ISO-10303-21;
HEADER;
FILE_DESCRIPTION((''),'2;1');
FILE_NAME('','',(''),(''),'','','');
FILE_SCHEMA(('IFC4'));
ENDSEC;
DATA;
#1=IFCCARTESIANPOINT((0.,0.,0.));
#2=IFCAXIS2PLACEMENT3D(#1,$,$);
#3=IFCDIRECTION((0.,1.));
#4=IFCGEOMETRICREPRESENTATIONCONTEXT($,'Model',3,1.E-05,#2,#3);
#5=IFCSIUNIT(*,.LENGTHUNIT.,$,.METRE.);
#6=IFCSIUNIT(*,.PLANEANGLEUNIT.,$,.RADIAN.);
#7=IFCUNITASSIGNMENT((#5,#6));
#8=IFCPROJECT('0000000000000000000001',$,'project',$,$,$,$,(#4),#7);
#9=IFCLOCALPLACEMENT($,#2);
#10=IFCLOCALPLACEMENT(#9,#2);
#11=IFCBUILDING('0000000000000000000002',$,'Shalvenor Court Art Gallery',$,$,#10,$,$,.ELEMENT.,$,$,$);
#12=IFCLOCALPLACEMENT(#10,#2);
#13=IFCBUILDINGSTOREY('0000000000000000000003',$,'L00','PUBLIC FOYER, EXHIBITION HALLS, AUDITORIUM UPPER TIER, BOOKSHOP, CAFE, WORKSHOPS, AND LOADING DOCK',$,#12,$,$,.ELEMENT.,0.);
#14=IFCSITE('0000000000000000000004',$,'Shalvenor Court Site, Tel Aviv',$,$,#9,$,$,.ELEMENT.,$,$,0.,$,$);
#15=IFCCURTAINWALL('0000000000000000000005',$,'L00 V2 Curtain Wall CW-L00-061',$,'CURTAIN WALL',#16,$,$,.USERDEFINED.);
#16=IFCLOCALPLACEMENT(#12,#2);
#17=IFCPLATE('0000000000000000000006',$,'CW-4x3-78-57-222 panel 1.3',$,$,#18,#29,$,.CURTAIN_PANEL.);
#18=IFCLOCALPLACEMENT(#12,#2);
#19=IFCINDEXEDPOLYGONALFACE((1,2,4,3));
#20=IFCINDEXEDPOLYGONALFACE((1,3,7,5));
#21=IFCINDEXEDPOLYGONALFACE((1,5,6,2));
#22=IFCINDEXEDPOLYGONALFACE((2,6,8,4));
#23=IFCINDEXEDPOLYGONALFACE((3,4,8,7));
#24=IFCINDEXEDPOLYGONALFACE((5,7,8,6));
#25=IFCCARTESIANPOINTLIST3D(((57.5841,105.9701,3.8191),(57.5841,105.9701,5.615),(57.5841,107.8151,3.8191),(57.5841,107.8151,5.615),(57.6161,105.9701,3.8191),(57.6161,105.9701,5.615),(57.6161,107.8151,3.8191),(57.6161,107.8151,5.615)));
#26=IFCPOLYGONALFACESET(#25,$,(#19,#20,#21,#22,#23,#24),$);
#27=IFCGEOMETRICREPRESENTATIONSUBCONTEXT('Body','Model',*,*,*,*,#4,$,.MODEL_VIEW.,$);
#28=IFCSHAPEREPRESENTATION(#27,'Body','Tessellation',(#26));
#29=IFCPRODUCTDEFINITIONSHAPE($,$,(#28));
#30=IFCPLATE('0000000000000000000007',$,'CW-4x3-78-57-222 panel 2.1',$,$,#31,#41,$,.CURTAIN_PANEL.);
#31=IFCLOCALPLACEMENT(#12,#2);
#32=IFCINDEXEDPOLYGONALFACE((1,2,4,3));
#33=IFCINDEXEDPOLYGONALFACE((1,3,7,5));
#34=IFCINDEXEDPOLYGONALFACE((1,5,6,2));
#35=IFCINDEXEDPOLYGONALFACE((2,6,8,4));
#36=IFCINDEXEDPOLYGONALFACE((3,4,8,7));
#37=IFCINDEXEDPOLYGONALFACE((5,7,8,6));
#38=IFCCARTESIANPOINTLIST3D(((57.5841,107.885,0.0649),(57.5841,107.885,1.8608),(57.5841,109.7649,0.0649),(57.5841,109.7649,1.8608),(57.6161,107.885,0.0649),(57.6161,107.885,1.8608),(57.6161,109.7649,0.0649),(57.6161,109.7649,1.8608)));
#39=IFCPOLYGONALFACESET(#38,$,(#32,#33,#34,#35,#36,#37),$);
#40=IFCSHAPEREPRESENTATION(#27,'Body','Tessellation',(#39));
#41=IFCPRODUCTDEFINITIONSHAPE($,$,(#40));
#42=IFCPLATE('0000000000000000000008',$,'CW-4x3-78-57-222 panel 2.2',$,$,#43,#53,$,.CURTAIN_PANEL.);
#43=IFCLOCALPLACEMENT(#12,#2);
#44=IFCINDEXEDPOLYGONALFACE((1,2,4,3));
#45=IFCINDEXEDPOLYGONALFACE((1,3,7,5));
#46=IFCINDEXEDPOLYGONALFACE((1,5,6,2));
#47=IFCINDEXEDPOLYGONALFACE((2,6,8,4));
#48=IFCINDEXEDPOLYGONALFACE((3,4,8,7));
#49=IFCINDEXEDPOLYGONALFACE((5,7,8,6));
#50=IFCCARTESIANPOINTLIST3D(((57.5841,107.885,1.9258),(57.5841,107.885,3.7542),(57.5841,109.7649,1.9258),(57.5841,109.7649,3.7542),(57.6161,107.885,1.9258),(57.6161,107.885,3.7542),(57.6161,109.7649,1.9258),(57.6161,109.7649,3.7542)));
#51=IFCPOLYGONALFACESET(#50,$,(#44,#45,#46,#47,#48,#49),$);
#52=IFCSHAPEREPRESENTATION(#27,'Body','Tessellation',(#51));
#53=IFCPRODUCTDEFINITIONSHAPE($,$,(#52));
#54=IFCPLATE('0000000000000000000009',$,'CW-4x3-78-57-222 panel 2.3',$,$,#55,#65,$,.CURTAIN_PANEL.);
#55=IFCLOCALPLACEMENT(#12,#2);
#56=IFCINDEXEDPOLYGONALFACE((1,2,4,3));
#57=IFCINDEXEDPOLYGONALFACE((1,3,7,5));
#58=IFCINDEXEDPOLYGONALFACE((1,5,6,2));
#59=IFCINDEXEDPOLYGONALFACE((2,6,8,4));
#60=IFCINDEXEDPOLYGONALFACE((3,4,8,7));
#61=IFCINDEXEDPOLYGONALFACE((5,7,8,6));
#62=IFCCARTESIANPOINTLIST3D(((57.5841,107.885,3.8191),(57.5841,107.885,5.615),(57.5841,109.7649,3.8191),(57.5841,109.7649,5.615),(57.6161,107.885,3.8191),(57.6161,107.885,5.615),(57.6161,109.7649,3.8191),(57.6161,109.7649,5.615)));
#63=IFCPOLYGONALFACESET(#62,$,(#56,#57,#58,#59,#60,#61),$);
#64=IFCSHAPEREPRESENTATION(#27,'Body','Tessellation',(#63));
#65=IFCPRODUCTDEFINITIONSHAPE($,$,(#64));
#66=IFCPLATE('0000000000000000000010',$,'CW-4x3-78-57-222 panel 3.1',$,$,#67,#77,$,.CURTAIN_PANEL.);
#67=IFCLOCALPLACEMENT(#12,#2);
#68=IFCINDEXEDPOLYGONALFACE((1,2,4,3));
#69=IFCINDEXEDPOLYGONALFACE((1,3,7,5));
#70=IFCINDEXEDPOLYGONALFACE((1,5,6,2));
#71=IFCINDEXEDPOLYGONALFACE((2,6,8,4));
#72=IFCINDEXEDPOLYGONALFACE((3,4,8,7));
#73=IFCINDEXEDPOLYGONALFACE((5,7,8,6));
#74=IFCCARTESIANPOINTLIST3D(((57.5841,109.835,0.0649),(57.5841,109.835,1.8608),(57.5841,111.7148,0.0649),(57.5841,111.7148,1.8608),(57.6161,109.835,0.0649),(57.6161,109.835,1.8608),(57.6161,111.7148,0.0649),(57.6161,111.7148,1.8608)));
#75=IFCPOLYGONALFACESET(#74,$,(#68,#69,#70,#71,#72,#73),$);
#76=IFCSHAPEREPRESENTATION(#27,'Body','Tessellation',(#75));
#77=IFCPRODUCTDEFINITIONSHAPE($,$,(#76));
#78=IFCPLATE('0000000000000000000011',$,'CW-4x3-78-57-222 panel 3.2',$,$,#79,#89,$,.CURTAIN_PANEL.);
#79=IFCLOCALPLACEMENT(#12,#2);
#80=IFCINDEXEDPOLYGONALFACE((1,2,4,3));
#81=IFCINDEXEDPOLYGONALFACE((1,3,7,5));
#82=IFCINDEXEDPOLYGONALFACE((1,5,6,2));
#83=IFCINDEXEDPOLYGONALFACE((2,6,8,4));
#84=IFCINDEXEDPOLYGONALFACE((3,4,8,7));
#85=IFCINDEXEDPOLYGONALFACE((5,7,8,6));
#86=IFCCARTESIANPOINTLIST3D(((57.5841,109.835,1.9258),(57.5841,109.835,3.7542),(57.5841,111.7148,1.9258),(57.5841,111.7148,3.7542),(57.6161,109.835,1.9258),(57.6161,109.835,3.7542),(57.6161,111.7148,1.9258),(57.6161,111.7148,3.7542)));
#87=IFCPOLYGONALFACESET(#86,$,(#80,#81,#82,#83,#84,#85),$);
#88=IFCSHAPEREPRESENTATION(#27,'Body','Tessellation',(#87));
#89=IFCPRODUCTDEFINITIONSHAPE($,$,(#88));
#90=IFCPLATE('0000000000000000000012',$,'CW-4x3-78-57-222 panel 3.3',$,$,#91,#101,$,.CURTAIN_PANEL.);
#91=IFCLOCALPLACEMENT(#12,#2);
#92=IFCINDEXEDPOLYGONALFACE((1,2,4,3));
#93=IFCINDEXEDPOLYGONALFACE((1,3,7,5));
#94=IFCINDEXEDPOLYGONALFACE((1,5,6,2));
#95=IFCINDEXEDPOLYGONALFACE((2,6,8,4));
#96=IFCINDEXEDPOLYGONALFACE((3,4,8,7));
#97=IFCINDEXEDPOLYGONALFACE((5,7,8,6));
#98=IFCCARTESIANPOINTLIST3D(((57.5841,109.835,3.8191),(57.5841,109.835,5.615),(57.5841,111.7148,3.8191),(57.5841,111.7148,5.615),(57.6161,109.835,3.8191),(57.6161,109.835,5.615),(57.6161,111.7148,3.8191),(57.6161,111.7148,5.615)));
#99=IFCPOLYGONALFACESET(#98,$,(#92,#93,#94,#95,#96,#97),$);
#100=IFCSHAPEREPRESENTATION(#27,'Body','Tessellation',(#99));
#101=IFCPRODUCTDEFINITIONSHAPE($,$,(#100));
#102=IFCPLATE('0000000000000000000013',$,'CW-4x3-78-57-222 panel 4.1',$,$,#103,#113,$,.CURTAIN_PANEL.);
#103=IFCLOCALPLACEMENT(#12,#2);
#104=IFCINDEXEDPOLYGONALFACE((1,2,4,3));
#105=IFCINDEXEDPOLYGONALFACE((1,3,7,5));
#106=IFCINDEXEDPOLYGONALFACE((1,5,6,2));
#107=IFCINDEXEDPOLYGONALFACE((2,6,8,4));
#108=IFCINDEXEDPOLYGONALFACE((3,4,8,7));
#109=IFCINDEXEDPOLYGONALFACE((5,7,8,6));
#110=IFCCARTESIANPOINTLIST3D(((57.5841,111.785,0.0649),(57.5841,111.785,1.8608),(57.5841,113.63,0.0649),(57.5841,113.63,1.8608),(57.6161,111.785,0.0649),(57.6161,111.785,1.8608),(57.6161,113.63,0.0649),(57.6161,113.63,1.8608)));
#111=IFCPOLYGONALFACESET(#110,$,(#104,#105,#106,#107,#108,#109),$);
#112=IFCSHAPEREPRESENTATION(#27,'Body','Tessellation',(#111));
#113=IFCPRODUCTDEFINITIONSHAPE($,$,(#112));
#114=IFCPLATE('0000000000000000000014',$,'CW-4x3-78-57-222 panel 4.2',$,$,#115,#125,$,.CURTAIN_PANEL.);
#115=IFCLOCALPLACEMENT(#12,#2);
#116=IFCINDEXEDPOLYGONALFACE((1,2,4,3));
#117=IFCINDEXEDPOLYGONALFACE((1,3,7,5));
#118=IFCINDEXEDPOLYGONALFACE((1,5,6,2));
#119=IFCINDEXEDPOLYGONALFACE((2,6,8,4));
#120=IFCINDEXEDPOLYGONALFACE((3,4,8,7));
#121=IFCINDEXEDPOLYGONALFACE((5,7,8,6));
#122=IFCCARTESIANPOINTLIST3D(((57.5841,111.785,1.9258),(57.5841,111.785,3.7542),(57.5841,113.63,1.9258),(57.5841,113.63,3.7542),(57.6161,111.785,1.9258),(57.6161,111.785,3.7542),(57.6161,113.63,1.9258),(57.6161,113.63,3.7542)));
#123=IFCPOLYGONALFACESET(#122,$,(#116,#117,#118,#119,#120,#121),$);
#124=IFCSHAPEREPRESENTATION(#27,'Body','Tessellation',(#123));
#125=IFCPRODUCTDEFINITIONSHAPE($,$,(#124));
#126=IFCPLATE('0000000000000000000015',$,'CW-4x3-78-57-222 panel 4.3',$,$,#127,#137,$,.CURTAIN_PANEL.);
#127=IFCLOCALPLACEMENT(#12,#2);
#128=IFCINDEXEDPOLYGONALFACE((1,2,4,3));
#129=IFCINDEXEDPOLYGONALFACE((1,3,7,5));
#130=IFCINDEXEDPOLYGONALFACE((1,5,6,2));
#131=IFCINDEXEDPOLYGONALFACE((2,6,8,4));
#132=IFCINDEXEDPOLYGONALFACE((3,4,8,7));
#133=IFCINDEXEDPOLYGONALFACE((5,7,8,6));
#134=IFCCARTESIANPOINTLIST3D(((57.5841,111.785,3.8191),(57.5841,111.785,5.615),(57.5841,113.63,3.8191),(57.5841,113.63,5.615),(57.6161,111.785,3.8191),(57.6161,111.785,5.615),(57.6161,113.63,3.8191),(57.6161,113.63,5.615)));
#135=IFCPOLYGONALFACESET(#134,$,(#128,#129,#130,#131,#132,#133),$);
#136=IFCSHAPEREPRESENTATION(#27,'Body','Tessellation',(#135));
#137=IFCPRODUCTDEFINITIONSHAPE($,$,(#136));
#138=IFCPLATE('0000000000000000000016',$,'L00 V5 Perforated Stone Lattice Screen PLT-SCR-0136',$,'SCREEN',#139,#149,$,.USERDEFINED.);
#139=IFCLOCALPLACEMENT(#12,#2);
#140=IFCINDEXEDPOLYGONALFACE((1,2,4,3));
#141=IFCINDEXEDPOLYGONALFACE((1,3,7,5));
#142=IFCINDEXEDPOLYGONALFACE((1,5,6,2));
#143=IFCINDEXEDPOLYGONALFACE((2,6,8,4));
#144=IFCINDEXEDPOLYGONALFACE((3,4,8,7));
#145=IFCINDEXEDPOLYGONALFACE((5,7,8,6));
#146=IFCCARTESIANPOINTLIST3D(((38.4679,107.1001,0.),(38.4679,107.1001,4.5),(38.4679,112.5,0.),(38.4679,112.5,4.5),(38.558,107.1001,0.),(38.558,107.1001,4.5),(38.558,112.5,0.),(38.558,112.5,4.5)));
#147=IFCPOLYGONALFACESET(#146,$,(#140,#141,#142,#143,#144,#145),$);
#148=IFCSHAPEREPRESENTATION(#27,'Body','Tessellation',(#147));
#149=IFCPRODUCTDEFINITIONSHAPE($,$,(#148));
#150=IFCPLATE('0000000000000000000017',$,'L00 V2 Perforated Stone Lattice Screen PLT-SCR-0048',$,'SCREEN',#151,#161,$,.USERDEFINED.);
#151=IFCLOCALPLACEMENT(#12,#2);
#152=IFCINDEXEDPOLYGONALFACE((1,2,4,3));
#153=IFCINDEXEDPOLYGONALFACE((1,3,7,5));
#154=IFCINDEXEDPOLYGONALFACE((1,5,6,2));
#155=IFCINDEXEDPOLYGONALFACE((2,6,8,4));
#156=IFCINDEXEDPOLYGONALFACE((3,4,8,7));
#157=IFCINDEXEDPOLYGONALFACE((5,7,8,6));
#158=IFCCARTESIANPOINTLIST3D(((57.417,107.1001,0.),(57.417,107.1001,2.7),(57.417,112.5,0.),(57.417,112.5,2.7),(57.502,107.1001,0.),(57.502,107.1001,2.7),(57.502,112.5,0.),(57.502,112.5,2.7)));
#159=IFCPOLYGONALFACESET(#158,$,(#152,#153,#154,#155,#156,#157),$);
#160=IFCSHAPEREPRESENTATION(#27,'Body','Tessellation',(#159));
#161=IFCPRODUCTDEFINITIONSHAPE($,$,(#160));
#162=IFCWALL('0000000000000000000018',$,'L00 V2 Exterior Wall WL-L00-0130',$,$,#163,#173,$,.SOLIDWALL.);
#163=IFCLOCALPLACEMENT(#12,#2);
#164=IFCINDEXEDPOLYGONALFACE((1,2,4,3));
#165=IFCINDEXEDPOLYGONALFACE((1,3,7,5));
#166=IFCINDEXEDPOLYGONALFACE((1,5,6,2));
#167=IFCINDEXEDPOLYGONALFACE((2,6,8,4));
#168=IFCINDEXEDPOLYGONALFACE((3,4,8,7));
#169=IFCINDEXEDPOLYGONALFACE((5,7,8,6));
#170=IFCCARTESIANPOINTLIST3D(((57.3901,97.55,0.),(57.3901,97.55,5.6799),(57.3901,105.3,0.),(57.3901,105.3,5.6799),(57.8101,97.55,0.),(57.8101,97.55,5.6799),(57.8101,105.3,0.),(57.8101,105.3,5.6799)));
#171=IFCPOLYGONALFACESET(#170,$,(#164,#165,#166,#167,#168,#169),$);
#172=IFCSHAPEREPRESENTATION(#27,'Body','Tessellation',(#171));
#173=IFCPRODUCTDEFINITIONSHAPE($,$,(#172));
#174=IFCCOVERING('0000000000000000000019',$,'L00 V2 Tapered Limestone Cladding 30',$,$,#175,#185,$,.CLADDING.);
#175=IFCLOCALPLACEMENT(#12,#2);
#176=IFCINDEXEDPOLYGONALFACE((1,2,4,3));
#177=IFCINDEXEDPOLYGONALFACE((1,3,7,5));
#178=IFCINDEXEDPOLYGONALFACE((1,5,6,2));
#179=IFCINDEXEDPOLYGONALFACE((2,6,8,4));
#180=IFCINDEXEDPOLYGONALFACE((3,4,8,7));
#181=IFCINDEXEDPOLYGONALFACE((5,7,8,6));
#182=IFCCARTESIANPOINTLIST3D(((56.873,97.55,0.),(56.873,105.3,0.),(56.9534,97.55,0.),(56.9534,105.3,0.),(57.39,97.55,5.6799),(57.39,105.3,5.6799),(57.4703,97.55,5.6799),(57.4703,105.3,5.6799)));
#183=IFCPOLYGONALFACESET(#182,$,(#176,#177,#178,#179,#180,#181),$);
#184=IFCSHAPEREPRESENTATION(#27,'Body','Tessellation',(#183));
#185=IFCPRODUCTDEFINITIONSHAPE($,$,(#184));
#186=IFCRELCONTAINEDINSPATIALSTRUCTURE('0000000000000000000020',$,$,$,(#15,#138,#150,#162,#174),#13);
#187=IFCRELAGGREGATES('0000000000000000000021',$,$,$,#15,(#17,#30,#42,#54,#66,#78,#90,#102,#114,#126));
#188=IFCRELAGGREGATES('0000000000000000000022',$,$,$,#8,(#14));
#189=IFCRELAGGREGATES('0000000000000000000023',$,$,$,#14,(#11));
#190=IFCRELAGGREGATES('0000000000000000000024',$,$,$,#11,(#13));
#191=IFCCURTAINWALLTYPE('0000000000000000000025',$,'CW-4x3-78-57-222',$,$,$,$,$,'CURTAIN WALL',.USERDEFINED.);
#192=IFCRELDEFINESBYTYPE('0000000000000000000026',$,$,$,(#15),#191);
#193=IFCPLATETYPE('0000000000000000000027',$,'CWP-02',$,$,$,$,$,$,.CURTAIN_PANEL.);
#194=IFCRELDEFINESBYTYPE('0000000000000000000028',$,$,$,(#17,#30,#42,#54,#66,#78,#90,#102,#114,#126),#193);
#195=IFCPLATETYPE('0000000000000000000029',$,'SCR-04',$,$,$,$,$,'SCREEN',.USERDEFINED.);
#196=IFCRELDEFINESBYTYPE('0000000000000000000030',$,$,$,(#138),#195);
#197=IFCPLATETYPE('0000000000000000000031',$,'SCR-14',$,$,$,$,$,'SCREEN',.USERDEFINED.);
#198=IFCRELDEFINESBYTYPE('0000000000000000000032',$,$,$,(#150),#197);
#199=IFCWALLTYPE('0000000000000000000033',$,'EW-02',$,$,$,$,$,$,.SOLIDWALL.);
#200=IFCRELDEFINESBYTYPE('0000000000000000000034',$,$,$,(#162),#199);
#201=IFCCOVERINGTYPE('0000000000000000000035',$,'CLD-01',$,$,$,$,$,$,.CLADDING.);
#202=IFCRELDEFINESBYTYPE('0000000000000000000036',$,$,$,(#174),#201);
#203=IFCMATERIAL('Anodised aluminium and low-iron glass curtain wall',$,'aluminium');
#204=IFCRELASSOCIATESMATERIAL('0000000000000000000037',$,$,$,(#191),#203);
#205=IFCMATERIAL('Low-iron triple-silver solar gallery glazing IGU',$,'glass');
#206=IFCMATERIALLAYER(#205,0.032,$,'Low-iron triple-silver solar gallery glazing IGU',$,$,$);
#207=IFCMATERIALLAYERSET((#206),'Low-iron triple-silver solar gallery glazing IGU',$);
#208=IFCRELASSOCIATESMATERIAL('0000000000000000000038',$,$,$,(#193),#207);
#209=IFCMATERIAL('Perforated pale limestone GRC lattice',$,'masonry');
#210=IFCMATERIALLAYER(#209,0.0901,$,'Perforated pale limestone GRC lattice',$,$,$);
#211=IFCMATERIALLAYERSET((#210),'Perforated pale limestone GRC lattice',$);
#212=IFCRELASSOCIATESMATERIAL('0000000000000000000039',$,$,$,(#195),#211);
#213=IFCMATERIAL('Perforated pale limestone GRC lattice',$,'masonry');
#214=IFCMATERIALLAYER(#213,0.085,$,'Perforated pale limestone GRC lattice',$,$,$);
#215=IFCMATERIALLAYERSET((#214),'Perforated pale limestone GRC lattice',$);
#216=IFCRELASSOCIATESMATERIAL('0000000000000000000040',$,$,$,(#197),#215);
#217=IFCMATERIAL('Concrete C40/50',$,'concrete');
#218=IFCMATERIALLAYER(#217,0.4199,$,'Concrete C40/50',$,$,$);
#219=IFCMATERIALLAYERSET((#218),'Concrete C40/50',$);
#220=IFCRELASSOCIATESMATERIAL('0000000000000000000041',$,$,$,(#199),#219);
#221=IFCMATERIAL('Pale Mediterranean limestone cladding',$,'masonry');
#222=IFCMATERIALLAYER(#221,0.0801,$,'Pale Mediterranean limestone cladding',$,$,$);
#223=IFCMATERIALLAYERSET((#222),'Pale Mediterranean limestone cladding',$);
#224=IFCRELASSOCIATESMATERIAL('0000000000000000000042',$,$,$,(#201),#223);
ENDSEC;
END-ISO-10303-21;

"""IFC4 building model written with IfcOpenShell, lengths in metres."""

from ifc_helpers import new_model, si_unit, direction, frame, frame_2d, origin, origin_2d, place, context, subcontext, project, spatial, polyline, rectangle, outline, extrude, material, layer, layer_set, type_object, element, aggregate, save


model = new_model("IFC4")

# Units and contexts
model_context = context("Model", 3, precision=1e-05, world=origin(), true_north=direction((0.0, 1.0)))
body_context = subcontext(model_context, "Body", "Model", "MODEL_VIEW")
ifc_project = project(units=[si_unit("LENGTHUNIT", "METRE"), si_unit("PLANEANGLEUNIT", "RADIAN")], contexts=[model_context])

# Site, building, storey
site_placement = place(None, origin())
site = spatial("IfcSite", under=ifc_project, at=site_placement, Name="Shalvenor Court Site, Tel Aviv", CompositionType="ELEMENT", RefElevation=0.0)
building_placement = place(site_placement, origin())
building = spatial("IfcBuilding", under=site, at=building_placement, Name="Shalvenor Court Art Gallery", CompositionType="ELEMENT")
storey_placement = place(building_placement, origin())
storey = spatial("IfcBuildingStorey", under=building, at=storey_placement, Name="L00", Description="PUBLIC FOYER, EXHIBITION HALLS, AUDITORIUM UPPER TIER, BOOKSHOP, CAFE, WORKSHOPS, AND LOADING DOCK", CompositionType="ELEMENT", Elevation=0.0)

# Curtain wall, plates
ifc_material_1 = material(Name="Anodised aluminium and low-iron glass curtain wall", Category="aluminium")
curtain_wall_type = type_object("IfcCurtainWallType", Name="CW-4x3-78-57-222", ElementType="CURTAIN WALL", PredefinedType="USERDEFINED", material=ifc_material_1)
curtain_wall_placement = place(storey_placement, origin())
curtain_wall = element("IfcCurtainWall", 1, at=curtain_wall_placement, inside=storey, type_object=curtain_wall_type, Name="L00 V2 Curtain Wall CW-L00-061", ObjectType="CURTAIN WALL", PredefinedType="USERDEFINED")
ifc_material_2 = material(Name="Low-iron triple-silver solar gallery glazing IGU", Category="glass")
ifc_layer_1 = layer(ifc_material_2, 0.032, Name="Low-iron triple-silver solar gallery glazing IGU")
ifc_layer_set_1 = layer_set([ifc_layer_1], Name="Low-iron triple-silver solar gallery glazing IGU")
plate_type_1 = type_object("IfcPlateType", Name="CWP-02", PredefinedType="CURTAIN_PANEL", material=ifc_layer_set_1)
plate_1_placement = place(storey_placement, frame((57.6001, 106.8926, 3.8191), z_axis=(0.0, 0.0, 1.0), x_axis=(0.0, 1.0, 0.0)))
plate_1 = element("IfcPlate", 2, at=plate_1_placement, type_object=plate_type_1, Name="CW-4x3-78-57-222 panel 1.3", PredefinedType="CURTAIN_PANEL", context=body_context, shape_type="SweptSolid", body=[
    extrude(rectangle(XDim=1.845, YDim=0.032, at=origin_2d()), origin(), (0.0, 0.0, 1.0), 1.7959),
])
plate_2_placement = place(storey_placement, frame((57.6001, 108.825, 0.0649), z_axis=(0.0, 0.0, 1.0), x_axis=(0.0, 1.0, 0.0)))
plate_2 = element("IfcPlate", 3, at=plate_2_placement, type_object=plate_type_1, Name="CW-4x3-78-57-222 panel 2.1", PredefinedType="CURTAIN_PANEL", context=body_context, shape_type="SweptSolid", body=[
    extrude(rectangle(XDim=1.8799, YDim=0.032, at=origin_2d()), origin(), (0.0, 0.0, 1.0), 1.7959),
])
plate_3_placement = place(storey_placement, frame((57.6001, 108.825, 1.9258), z_axis=(0.0, 0.0, 1.0), x_axis=(0.0, 1.0, 0.0)))
plate_3 = element("IfcPlate", 4, at=plate_3_placement, type_object=plate_type_1, Name="CW-4x3-78-57-222 panel 2.2", PredefinedType="CURTAIN_PANEL", context=body_context, shape_type="SweptSolid", body=[
    extrude(rectangle(XDim=1.8799, YDim=0.032, at=origin_2d()), origin(), (0.0, 0.0, 1.0), 1.8284),
])
plate_4_placement = place(storey_placement, frame((57.6001, 108.825, 3.8191), z_axis=(0.0, 0.0, 1.0), x_axis=(0.0, 1.0, 0.0)))
plate_4 = element("IfcPlate", 5, at=plate_4_placement, type_object=plate_type_1, Name="CW-4x3-78-57-222 panel 2.3", PredefinedType="CURTAIN_PANEL", context=body_context, shape_type="SweptSolid", body=[
    extrude(rectangle(XDim=1.8799, YDim=0.032, at=origin_2d()), origin(), (0.0, 0.0, 1.0), 1.7959),
])
plate_5_placement = place(storey_placement, frame((57.6001, 110.7749, 0.0649), z_axis=(0.0, 0.0, 1.0), x_axis=(0.0, 1.0, 0.0)))
plate_5 = element("IfcPlate", 6, at=plate_5_placement, type_object=plate_type_1, Name="CW-4x3-78-57-222 panel 3.1", PredefinedType="CURTAIN_PANEL", context=body_context, shape_type="SweptSolid", body=[
    extrude(rectangle(XDim=1.8799, YDim=0.032, at=origin_2d()), origin(), (0.0, 0.0, 1.0), 1.7959),
])
plate_6_placement = place(storey_placement, frame((57.6001, 110.7749, 1.9258), z_axis=(0.0, 0.0, 1.0), x_axis=(0.0, 1.0, 0.0)))
plate_6 = element("IfcPlate", 7, at=plate_6_placement, type_object=plate_type_1, Name="CW-4x3-78-57-222 panel 3.2", PredefinedType="CURTAIN_PANEL", context=body_context, shape_type="SweptSolid", body=[
    extrude(rectangle(XDim=1.8799, YDim=0.032, at=origin_2d()), origin(), (0.0, 0.0, 1.0), 1.8284),
])
plate_7_placement = place(storey_placement, frame((57.6001, 110.7749, 3.8191), z_axis=(0.0, 0.0, 1.0), x_axis=(0.0, 1.0, 0.0)))
plate_7 = element("IfcPlate", 8, at=plate_7_placement, type_object=plate_type_1, Name="CW-4x3-78-57-222 panel 3.3", PredefinedType="CURTAIN_PANEL", context=body_context, shape_type="SweptSolid", body=[
    extrude(rectangle(XDim=1.8799, YDim=0.032, at=origin_2d()), origin(), (0.0, 0.0, 1.0), 1.7959),
])
plate_8_placement = place(storey_placement, frame((57.6001, 112.7075, 0.0649), z_axis=(0.0, 0.0, 1.0), x_axis=(0.0, 1.0, 0.0)))
plate_8 = element("IfcPlate", 9, at=plate_8_placement, type_object=plate_type_1, Name="CW-4x3-78-57-222 panel 4.1", PredefinedType="CURTAIN_PANEL", context=body_context, shape_type="SweptSolid", body=[
    extrude(rectangle(XDim=1.845, YDim=0.032, at=origin_2d()), origin(), (0.0, 0.0, 1.0), 1.7959),
])
plate_9_placement = place(storey_placement, frame((57.6001, 112.7075, 1.9258), z_axis=(0.0, 0.0, 1.0), x_axis=(0.0, 1.0, 0.0)))
plate_9 = element("IfcPlate", 10, at=plate_9_placement, type_object=plate_type_1, Name="CW-4x3-78-57-222 panel 4.2", PredefinedType="CURTAIN_PANEL", context=body_context, shape_type="SweptSolid", body=[
    extrude(rectangle(XDim=1.845, YDim=0.032, at=origin_2d()), origin(), (0.0, 0.0, 1.0), 1.8284),
])
plate_10_placement = place(storey_placement, frame((57.6001, 112.7075, 3.8191), z_axis=(0.0, 0.0, 1.0), x_axis=(0.0, 1.0, 0.0)))
plate_10 = element("IfcPlate", 11, at=plate_10_placement, type_object=plate_type_1, Name="CW-4x3-78-57-222 panel 4.3", PredefinedType="CURTAIN_PANEL", context=body_context, shape_type="SweptSolid", body=[
    extrude(rectangle(XDim=1.845, YDim=0.032, at=origin_2d()), origin(), (0.0, 0.0, 1.0), 1.7959),
])
aggregate(curtain_wall, [plate_1, plate_2, plate_3, plate_4, plate_5, plate_6, plate_7, plate_8, plate_9, plate_10])

# Plates
ifc_material_3 = material(Name="Perforated pale limestone GRC lattice", Category="masonry")
ifc_layer_2 = layer(ifc_material_3, 0.0901, Name="Perforated pale limestone GRC lattice")
ifc_layer_set_2 = layer_set([ifc_layer_2], Name="Perforated pale limestone GRC lattice")
plate_type_2 = type_object("IfcPlateType", Name="SCR-04", ElementType="SCREEN", PredefinedType="USERDEFINED", material=ifc_layer_set_2)
plate_11_placement = place(storey_placement, frame((38.5129, 109.8, 0.0), z_axis=(0.0, 0.0, 1.0), x_axis=(0.0, -1.0, 0.0)))
element("IfcPlate", 12, at=plate_11_placement, inside=storey, type_object=plate_type_2, Name="L00 V5 Perforated Stone Lattice Screen PLT-SCR-0136", ObjectType="SCREEN", PredefinedType="USERDEFINED", context=body_context, shape_type="SweptSolid", body=[
    extrude(rectangle(XDim=5.3999, YDim=0.0901, at=origin_2d()), origin(), (0.0, 0.0, 1.0), 4.5),
])
ifc_material_4 = material(Name="Perforated pale limestone GRC lattice", Category="masonry")
ifc_layer_3 = layer(ifc_material_4, 0.085, Name="Perforated pale limestone GRC lattice")
ifc_layer_set_3 = layer_set([ifc_layer_3], Name="Perforated pale limestone GRC lattice")
plate_type_3 = type_object("IfcPlateType", Name="SCR-14", ElementType="SCREEN", PredefinedType="USERDEFINED", material=ifc_layer_set_3)
plate_12_placement = place(storey_placement, frame((57.4595, 109.8, 0.0), z_axis=(0.0, 0.0, 1.0), x_axis=(0.0, 1.0, 0.0)))
element("IfcPlate", 13, at=plate_12_placement, inside=storey, type_object=plate_type_3, Name="L00 V2 Perforated Stone Lattice Screen PLT-SCR-0048", ObjectType="SCREEN", PredefinedType="USERDEFINED", context=body_context, shape_type="SweptSolid", body=[
    extrude(rectangle(XDim=5.3999, YDim=0.085, at=origin_2d()), origin(), (0.0, 0.0, 1.0), 2.7),
])

# Wall
ifc_material_5 = material(Name="Concrete C40/50", Category="concrete")
ifc_layer_4 = layer(ifc_material_5, 0.4199, Name="Concrete C40/50")
ifc_layer_set_4 = layer_set([ifc_layer_4], Name="Concrete C40/50")
wall_type = type_object("IfcWallType", Name="EW-02", PredefinedType="SOLIDWALL", material=ifc_layer_set_4)
wall_placement = place(storey_placement, frame((57.6001, 97.55, 0.0), z_axis=(0.0, 0.0, 1.0), x_axis=(0.0, 1.0, 0.0)))
element("IfcWall", 14, at=wall_placement, inside=storey, type_object=wall_type, Name="L00 V2 Exterior Wall WL-L00-0130", PredefinedType="SOLIDWALL", context=body_context, shape_type="SweptSolid", body=[
    extrude(rectangle(XDim=7.75, YDim=0.4199, at=frame_2d((3.875, 0.0))), origin(), (0.0, 0.0, 1.0), 5.6799),
])

# Covering
ifc_material_6 = material(Name="Pale Mediterranean limestone cladding", Category="masonry")
ifc_layer_5 = layer(ifc_material_6, 0.0801, Name="Pale Mediterranean limestone cladding")
ifc_layer_set_5 = layer_set([ifc_layer_5], Name="Pale Mediterranean limestone cladding")
covering_type_1 = type_object("IfcCoveringType", Name="CLD-01", PredefinedType="CLADDING", material=ifc_layer_set_5)
for number, where, z_axis, x_axis, name in (
    (15, (56.873, 105.3, 0.0), (0.0, 0.0, 1.0), (0.0, -1.0, 0.0), "L00 V2 Tapered Limestone Cladding 30"),
):
    element("IfcCovering", number, at=place(storey_placement, frame(where, z_axis=z_axis, x_axis=x_axis)), inside=storey, type_object=covering_type_1, Name=name, PredefinedType="CLADDING", context=body_context, shape_type="SweptSolid", body=[
        extrude(outline(polyline([(0.0, 0.0), (7.75, 0.0), (7.75, 5.7034), (0.0, 5.7034), (0.0, 0.0)])), frame((0.0, 0.0, 0.0), z_axis=(0.0, -0.995884, 0.090633), x_axis=(1.0, 0.0, 0.0)), (0.0, 0.090633, -0.995884), 0.0803),
    ])

save(model, "model.ifc")
